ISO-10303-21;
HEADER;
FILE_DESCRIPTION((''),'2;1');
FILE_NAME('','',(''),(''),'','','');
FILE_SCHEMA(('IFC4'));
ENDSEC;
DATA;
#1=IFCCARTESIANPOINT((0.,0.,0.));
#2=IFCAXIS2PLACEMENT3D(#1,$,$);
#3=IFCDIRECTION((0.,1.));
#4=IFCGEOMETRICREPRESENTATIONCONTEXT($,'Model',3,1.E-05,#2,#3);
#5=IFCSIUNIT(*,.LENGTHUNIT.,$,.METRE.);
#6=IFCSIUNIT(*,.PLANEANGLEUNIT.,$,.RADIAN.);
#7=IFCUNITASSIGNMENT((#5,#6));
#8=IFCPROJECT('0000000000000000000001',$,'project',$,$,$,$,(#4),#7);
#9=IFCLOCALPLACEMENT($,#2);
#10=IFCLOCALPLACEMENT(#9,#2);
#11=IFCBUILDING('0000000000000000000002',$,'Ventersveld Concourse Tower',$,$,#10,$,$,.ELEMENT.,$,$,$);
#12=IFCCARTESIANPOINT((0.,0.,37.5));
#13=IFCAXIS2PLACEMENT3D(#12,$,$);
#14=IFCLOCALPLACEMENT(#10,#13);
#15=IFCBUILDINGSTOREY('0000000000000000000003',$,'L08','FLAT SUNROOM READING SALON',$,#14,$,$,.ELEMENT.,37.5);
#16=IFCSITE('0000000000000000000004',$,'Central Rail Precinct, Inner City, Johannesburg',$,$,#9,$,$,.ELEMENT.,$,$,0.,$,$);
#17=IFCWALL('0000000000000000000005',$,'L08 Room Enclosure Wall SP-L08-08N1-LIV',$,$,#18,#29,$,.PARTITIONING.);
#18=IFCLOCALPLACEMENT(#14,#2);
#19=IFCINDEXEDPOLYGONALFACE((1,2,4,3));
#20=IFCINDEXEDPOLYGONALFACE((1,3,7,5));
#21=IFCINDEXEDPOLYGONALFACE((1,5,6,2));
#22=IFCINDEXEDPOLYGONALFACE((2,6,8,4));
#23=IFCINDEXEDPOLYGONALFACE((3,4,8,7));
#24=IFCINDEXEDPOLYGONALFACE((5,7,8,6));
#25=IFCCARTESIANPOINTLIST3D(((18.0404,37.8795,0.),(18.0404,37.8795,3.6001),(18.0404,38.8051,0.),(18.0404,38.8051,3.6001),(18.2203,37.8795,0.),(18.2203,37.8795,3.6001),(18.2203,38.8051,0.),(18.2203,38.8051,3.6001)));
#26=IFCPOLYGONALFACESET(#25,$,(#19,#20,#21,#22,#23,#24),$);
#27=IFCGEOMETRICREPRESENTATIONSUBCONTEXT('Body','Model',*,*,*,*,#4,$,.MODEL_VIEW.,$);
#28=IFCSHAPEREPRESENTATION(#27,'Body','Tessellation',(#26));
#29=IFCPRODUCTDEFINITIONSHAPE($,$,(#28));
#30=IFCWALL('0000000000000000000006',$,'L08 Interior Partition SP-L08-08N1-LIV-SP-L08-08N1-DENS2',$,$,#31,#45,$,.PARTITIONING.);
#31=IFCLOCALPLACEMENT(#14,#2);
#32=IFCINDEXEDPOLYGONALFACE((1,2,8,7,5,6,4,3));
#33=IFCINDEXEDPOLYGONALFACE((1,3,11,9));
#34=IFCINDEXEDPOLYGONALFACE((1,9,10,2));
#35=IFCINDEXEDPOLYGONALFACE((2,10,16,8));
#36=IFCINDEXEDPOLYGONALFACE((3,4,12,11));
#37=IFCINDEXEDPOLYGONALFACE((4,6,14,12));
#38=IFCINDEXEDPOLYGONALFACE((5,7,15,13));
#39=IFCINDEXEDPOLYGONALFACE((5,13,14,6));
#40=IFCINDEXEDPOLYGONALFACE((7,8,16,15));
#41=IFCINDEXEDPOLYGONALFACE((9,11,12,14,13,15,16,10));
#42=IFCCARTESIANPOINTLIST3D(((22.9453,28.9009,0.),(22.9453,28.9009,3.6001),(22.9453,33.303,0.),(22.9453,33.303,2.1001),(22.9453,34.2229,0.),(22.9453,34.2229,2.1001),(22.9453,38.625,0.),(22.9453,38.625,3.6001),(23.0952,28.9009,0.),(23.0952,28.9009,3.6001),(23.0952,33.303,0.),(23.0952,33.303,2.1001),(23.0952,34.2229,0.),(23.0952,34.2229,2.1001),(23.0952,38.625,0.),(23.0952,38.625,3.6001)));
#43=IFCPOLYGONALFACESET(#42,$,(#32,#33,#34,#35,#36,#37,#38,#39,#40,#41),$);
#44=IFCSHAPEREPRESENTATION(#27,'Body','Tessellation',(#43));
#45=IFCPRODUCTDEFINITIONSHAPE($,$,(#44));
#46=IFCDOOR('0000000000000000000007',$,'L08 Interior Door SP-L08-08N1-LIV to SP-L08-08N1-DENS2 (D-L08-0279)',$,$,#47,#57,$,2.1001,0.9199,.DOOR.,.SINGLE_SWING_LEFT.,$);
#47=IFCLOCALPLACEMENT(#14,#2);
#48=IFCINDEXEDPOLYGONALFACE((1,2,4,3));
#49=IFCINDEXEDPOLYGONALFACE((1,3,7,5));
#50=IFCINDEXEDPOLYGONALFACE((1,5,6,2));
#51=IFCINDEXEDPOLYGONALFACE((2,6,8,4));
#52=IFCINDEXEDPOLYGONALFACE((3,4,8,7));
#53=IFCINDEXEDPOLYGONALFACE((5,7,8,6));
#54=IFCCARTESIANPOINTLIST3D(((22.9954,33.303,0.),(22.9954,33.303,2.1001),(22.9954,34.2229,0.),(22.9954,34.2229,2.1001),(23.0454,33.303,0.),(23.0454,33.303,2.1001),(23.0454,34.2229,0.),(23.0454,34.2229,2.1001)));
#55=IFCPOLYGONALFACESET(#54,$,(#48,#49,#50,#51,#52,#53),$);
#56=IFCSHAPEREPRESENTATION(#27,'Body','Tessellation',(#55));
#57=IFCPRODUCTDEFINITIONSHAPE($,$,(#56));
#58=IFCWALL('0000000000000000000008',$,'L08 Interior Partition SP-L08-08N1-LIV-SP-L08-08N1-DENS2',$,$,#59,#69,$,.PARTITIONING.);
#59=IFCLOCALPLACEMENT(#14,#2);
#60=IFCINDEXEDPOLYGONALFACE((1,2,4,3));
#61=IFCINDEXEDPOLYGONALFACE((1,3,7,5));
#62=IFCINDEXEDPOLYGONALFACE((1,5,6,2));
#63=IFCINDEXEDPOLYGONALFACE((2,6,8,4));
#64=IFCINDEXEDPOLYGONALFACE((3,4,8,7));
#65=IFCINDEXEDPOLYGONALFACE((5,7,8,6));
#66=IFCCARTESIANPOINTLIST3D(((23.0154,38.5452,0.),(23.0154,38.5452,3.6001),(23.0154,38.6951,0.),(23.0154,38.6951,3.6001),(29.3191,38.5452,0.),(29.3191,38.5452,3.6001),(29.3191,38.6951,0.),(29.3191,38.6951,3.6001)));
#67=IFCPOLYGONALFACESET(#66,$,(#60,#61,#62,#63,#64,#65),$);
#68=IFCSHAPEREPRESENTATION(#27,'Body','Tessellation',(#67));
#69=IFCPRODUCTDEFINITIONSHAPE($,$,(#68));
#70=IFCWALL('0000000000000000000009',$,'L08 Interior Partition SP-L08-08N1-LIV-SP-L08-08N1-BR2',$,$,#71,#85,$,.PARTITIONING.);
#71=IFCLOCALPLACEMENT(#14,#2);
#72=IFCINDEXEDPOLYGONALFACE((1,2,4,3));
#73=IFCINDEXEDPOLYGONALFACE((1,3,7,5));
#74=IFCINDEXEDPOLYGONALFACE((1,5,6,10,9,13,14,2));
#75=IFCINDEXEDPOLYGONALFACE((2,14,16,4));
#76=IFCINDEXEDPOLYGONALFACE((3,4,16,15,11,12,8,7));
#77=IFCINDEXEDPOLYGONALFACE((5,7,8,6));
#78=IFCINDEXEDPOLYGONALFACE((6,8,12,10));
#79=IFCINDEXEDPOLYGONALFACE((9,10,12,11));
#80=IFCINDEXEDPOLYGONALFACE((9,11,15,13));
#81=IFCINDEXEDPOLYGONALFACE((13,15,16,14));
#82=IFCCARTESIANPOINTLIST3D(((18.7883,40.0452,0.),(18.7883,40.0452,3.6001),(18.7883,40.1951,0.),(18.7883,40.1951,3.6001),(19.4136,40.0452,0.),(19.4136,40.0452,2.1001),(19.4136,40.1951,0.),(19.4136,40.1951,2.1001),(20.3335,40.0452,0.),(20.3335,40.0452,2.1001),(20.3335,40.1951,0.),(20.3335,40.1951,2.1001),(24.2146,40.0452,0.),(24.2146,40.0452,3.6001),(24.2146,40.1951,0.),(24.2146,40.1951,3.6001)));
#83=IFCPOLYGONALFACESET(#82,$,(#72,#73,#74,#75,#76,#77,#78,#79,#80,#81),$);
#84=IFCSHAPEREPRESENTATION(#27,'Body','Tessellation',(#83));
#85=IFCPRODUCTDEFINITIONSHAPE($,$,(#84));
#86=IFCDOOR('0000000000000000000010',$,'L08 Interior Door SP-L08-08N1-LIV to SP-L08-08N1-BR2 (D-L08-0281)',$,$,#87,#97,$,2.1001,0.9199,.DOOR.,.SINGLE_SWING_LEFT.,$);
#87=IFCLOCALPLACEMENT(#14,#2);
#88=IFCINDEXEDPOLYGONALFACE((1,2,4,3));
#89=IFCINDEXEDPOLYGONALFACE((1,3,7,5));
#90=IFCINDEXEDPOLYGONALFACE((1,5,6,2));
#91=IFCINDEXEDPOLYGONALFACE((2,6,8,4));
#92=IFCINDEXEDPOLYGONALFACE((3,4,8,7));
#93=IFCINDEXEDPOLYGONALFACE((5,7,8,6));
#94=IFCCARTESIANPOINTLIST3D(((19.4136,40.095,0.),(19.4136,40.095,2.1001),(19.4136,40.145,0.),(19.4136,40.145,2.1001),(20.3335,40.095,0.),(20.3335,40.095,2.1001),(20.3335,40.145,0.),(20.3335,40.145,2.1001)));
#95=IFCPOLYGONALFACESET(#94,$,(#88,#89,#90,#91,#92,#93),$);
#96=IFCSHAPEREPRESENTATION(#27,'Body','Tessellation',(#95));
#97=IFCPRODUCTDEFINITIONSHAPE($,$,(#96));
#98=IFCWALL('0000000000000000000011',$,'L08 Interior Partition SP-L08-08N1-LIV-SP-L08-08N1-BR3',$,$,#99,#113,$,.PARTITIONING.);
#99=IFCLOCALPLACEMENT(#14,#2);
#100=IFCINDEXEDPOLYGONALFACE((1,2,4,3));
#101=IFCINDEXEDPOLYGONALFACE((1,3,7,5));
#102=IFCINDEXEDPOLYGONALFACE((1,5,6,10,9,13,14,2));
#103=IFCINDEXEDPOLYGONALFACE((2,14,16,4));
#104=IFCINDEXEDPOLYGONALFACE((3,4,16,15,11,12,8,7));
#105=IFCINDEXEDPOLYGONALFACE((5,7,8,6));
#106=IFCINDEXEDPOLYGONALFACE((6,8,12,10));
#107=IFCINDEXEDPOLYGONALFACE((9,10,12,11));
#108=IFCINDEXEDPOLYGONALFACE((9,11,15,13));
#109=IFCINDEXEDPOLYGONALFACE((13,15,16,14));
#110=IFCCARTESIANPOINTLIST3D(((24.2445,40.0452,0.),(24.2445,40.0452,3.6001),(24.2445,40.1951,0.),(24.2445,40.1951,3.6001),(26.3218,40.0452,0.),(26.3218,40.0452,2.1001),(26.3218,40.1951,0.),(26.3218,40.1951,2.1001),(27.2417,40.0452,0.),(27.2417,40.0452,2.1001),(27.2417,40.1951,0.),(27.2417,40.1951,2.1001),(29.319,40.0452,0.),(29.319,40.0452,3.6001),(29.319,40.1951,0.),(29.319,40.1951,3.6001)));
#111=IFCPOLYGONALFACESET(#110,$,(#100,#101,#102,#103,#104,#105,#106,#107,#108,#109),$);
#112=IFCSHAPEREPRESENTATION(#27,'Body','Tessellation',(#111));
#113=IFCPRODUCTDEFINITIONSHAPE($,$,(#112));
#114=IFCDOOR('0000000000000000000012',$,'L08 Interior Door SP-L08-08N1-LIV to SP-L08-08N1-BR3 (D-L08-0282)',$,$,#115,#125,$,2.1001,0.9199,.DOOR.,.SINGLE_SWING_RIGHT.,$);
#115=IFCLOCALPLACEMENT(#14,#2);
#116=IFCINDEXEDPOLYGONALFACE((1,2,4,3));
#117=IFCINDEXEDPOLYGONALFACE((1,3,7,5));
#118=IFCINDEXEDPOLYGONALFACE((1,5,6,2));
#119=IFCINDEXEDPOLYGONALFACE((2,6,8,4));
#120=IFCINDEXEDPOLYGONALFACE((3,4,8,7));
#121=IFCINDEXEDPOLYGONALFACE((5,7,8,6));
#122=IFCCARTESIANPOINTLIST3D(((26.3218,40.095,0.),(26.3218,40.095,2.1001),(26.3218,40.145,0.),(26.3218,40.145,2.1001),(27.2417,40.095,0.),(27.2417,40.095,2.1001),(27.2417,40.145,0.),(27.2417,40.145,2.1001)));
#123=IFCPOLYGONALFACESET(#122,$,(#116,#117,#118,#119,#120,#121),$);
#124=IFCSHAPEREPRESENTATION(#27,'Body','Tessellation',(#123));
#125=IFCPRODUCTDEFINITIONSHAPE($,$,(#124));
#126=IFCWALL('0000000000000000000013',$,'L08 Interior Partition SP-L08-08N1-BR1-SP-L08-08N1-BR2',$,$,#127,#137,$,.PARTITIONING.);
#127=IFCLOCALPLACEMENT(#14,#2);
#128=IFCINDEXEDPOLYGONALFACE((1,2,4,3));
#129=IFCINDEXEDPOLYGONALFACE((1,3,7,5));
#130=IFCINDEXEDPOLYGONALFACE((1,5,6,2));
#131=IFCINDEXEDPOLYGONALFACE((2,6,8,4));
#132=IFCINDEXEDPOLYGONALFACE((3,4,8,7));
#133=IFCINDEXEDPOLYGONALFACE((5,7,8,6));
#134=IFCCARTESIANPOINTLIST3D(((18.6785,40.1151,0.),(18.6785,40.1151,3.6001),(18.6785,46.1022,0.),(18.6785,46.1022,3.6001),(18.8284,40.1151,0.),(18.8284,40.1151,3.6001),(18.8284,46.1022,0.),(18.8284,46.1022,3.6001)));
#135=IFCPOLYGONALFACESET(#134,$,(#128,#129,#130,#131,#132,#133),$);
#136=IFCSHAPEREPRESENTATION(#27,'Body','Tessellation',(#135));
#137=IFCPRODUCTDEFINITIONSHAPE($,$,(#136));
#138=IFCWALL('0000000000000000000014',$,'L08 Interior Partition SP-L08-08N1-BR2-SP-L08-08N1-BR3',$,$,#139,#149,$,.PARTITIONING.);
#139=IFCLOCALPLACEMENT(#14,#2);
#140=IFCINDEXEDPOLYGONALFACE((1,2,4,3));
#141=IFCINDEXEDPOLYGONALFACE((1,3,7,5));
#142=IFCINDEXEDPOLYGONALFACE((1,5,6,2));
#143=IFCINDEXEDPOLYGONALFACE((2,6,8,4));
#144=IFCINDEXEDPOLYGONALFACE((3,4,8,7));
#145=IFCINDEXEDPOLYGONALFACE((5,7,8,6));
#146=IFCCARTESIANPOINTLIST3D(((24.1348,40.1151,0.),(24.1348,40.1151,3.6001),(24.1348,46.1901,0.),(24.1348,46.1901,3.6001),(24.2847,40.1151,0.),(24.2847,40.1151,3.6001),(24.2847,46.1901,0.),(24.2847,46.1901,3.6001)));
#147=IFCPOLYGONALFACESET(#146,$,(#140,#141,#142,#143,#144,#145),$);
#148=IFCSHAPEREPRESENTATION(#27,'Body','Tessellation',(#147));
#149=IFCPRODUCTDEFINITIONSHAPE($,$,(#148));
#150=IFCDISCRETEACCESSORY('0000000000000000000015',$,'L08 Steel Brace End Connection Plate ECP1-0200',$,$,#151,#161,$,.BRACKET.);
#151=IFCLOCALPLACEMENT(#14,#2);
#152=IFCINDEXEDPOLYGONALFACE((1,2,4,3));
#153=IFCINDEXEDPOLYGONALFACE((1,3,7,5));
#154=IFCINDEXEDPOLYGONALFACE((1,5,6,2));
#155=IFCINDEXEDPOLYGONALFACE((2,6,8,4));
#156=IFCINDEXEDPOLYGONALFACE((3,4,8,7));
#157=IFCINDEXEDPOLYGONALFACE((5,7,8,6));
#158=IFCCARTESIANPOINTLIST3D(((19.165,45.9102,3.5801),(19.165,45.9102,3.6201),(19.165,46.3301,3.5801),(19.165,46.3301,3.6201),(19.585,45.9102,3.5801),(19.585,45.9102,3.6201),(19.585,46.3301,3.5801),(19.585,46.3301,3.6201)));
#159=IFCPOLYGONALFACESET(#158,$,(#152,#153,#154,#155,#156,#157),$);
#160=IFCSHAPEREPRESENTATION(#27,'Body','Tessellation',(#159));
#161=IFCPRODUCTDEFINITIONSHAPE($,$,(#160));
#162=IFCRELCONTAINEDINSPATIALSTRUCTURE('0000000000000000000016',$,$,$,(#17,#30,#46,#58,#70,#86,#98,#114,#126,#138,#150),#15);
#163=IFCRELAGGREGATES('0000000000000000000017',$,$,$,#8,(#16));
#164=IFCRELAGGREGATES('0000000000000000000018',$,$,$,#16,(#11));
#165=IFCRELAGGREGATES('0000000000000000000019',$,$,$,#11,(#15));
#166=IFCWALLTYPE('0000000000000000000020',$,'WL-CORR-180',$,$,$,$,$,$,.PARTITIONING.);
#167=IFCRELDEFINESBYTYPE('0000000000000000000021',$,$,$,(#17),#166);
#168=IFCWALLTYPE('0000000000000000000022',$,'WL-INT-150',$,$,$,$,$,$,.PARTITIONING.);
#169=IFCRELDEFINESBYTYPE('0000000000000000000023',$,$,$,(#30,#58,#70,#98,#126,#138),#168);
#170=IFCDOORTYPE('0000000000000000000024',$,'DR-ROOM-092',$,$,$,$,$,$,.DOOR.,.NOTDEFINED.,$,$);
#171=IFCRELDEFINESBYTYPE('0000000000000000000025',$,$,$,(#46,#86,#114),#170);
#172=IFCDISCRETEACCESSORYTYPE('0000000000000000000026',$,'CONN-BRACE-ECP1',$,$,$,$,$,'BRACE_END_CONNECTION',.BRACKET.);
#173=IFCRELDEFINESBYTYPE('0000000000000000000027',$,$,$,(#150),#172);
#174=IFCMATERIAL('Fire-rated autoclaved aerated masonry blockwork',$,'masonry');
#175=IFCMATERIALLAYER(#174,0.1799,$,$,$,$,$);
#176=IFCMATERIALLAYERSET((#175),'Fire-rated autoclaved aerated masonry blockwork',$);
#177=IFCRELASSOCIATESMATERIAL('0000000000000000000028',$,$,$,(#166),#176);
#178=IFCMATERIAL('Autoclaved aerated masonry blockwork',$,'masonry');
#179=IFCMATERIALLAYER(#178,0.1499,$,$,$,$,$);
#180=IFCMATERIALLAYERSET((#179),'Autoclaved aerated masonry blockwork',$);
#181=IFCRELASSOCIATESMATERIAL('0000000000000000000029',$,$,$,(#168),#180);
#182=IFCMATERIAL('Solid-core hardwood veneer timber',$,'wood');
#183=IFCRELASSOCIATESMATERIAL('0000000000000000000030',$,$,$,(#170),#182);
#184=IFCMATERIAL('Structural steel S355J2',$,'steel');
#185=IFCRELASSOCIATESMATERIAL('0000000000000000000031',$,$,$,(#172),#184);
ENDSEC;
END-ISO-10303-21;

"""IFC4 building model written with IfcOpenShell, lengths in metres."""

from ifc_helpers import new_model, si_unit, direction, frame, frame_2d, origin, origin_2d, place, context, subcontext, project, spatial, rectangle, extrude, material, layer, layer_set, type_object, element, fill, save


model = new_model("IFC4")

# Units and contexts
model_context = context("Model", 3, precision=1e-05, world=origin(), true_north=direction((0.0, 1.0)))
body_context = subcontext(model_context, "Body", "Model", "MODEL_VIEW")
ifc_project = project(units=[si_unit("LENGTHUNIT", "METRE"), si_unit("PLANEANGLEUNIT", "RADIAN")], contexts=[model_context])

# Site, building, storey
site_placement = place(None, origin())
site = spatial("IfcSite", under=ifc_project, at=site_placement, Name="Central Rail Precinct, Inner City, Johannesburg", CompositionType="ELEMENT", RefElevation=0.0)
building_placement = place(site_placement, origin())
building = spatial("IfcBuilding", under=site, at=building_placement, Name="Ventersveld Concourse Tower", CompositionType="ELEMENT")
storey_placement = place(building_placement, frame((0.0, 0.0, 37.5)))
storey = spatial("IfcBuildingStorey", under=building, at=storey_placement, Name="L08", Description="FLAT SUNROOM READING SALON", CompositionType="ELEMENT", Elevation=37.5)

# Shared definitions
ifc_material_1 = material(Name="Structural steel S355J2", Category="steel")

# Wall
ifc_material_2 = material(Name="Fire-rated autoclaved aerated masonry blockwork", Category="masonry")
ifc_layer_1 = layer(ifc_material_2, 0.1799)
ifc_layer_set_1 = layer_set([ifc_layer_1], Name="Fire-rated autoclaved aerated masonry blockwork")
wall_type_1 = type_object("IfcWallType", Name="WL-CORR-180", PredefinedType="PARTITIONING", material=ifc_layer_set_1)
wall_1_placement = place(storey_placement, frame((18.1304, 37.8794, 0.0), z_axis=(0.0, 0.0, 1.0), x_axis=(0.0, 1.0, 0.0)))
element("IfcWall", 1, at=wall_1_placement, inside=storey, type_object=wall_type_1, Name="L08 Room Enclosure Wall SP-L08-08N1-LIV", PredefinedType="PARTITIONING", context=body_context, shape_type="SweptSolid", body=[
    extrude(rectangle(XDim=0.9255, YDim=0.1799, at=frame_2d((0.4629, 0.0))), origin(), (0.0, 0.0, 1.0), 3.6001),
])

# Wall, opening, door
ifc_material_3 = material(Name="Autoclaved aerated masonry blockwork", Category="masonry")
ifc_layer_2 = layer(ifc_material_3, 0.1499)
ifc_layer_set_2 = layer_set([ifc_layer_2], Name="Autoclaved aerated masonry blockwork")
wall_type_2 = type_object("IfcWallType", Name="WL-INT-150", PredefinedType="PARTITIONING", material=ifc_layer_set_2)
wall_2_placement = place(storey_placement, frame((23.0203, 28.9009, 0.0), z_axis=(0.0, 0.0, 1.0), x_axis=(0.0, 1.0, 0.0)))
wall_2 = element("IfcWall", 2, at=wall_2_placement, inside=storey, type_object=wall_type_2, Name="L08 Interior Partition SP-L08-08N1-LIV-SP-L08-08N1-DENS2", PredefinedType="PARTITIONING", context=body_context, shape_type="SweptSolid", body=[
    extrude(rectangle(XDim=9.7241, YDim=0.1499, at=frame_2d((4.8621, 0.0))), origin(), (0.0, 0.0, 1.0), 3.6001),
])
opening_1_placement = place(wall_2_placement, frame((4.4021, 0.0, 0.0)))
opening_1 = element("IfcOpeningElement", 3, at=opening_1_placement, cuts=wall_2, PredefinedType="OPENING", context=body_context, shape_type="SweptSolid", body=[
    extrude(rectangle(XDim=0.9199, YDim=2.1001, at=frame_2d((0.46, 1.05))), frame((0.0, 0.085, 0.0), z_axis=(0.0, -1.0, 0.0), x_axis=(1.0, 0.0, 0.0)), (0.0, 0.0, 1.0), 0.1699),
])
ifc_material_4 = material(Name="Solid-core hardwood veneer timber", Category="wood")
door_type = type_object("IfcDoorType", Name="DR-ROOM-092", OperationType="NOTDEFINED", PredefinedType="DOOR", material=ifc_material_4)
door_1_placement = place(opening_1_placement, origin())
door_1 = element("IfcDoor", 4, at=door_1_placement, inside=storey, type_object=door_type, Name="L08 Interior Door SP-L08-08N1-LIV to SP-L08-08N1-DENS2 (D-L08-0279)", OperationType="SINGLE_SWING_LEFT", OverallHeight=2.1001, OverallWidth=0.9199, PredefinedType="DOOR", context=body_context, shape_type="SweptSolid", body=[
    extrude(rectangle(XDim=0.9199, YDim=2.1001, at=frame_2d((0.46, 1.05))), frame((0.0, 0.0249, 0.0), z_axis=(0.0, -1.0, 0.0), x_axis=(1.0, 0.0, 0.0)), (0.0, 0.0, 1.0), 0.05),
])
fill(opening_1, door_1)

# Wall
wall_3_placement = place(storey_placement, frame((23.0154, 38.6201, 0.0), z_axis=(0.0, 0.0, 1.0), x_axis=(1.0, 0.0, 0.0)))
element("IfcWall", 5, at=wall_3_placement, inside=storey, type_object=wall_type_2, Name="L08 Interior Partition SP-L08-08N1-LIV-SP-L08-08N1-DENS2", PredefinedType="PARTITIONING", context=body_context, shape_type="SweptSolid", body=[
    extrude(rectangle(XDim=6.3037, YDim=0.1499, at=frame_2d((3.1519, 0.0))), origin(), (0.0, 0.0, 1.0), 3.6001),
])

# Walls, openings, doors
wall_4_placement = place(storey_placement, frame((18.7883, 40.1201, 0.0), z_axis=(0.0, 0.0, 1.0), x_axis=(1.0, 0.0, 0.0)))
wall_4 = element("IfcWall", 6, at=wall_4_placement, inside=storey, type_object=wall_type_2, Name="L08 Interior Partition SP-L08-08N1-LIV-SP-L08-08N1-BR2", PredefinedType="PARTITIONING", context=body_context, shape_type="SweptSolid", body=[
    extrude(rectangle(XDim=5.4263, YDim=0.1499, at=frame_2d((2.7131, 0.0))), origin(), (0.0, 0.0, 1.0), 3.6001),
])
opening_2_placement = place(wall_4_placement, frame((0.6252, 0.0, 0.0)))
opening_2 = element("IfcOpeningElement", 7, at=opening_2_placement, cuts=wall_4, PredefinedType="OPENING", context=body_context, shape_type="SweptSolid", body=[
    extrude(rectangle(XDim=0.9199, YDim=2.1001, at=frame_2d((0.46, 1.05))), frame((0.0, 0.085, 0.0), z_axis=(0.0, -1.0, 0.0), x_axis=(1.0, 0.0, 0.0)), (0.0, 0.0, 1.0), 0.1699),
])
door_2_placement = place(opening_2_placement, origin())
door_2 = element("IfcDoor", 8, at=door_2_placement, inside=storey, type_object=door_type, Name="L08 Interior Door SP-L08-08N1-LIV to SP-L08-08N1-BR2 (D-L08-0281)", OperationType="SINGLE_SWING_LEFT", OverallHeight=2.1001, OverallWidth=0.9199, PredefinedType="DOOR", context=body_context, shape_type="SweptSolid", body=[
    extrude(rectangle(XDim=0.9199, YDim=2.1001, at=frame_2d((0.46, 1.05))), frame((0.0, 0.0249, 0.0), z_axis=(0.0, -1.0, 0.0), x_axis=(1.0, 0.0, 0.0)), (0.0, 0.0, 1.0), 0.05),
])
fill(opening_2, door_2)
wall_5_placement = place(storey_placement, frame((24.2446, 40.1201, 0.0), z_axis=(0.0, 0.0, 1.0), x_axis=(1.0, 0.0, 0.0)))
wall_5 = element("IfcWall", 9, at=wall_5_placement, inside=storey, type_object=wall_type_2, Name="L08 Interior Partition SP-L08-08N1-LIV-SP-L08-08N1-BR3", PredefinedType="PARTITIONING", context=body_context, shape_type="SweptSolid", body=[
    extrude(rectangle(XDim=5.0745, YDim=0.1499, at=frame_2d((2.5371, 0.0))), origin(), (0.0, 0.0, 1.0), 3.6001),
])
opening_3_placement = place(wall_5_placement, frame((2.0771, 0.0, 0.0)))
opening_3 = element("IfcOpeningElement", 10, at=opening_3_placement, cuts=wall_5, PredefinedType="OPENING", context=body_context, shape_type="SweptSolid", body=[
    extrude(rectangle(XDim=0.9199, YDim=2.1001, at=frame_2d((0.46, 1.05))), frame((0.0, 0.085, 0.0), z_axis=(0.0, -1.0, 0.0), x_axis=(1.0, 0.0, 0.0)), (0.0, 0.0, 1.0), 0.1699),
])
door_3_placement = place(opening_3_placement, origin())
door_3 = element("IfcDoor", 11, at=door_3_placement, inside=storey, type_object=door_type, Name="L08 Interior Door SP-L08-08N1-LIV to SP-L08-08N1-BR3 (D-L08-0282)", OperationType="SINGLE_SWING_RIGHT", OverallHeight=2.1001, OverallWidth=0.9199, PredefinedType="DOOR", context=body_context, shape_type="SweptSolid", body=[
    extrude(rectangle(XDim=0.9199, YDim=2.1001, at=frame_2d((0.46, 1.05))), frame((0.0, 0.0249, 0.0), z_axis=(0.0, -1.0, 0.0), x_axis=(1.0, 0.0, 0.0)), (0.0, 0.0, 1.0), 0.05),
])
fill(opening_3, door_3)

# Walls
wall_6_placement = place(storey_placement, frame((18.7534, 40.115, 0.0), z_axis=(0.0, 0.0, 1.0), x_axis=(0.0, 1.0, 0.0)))
element("IfcWall", 12, at=wall_6_placement, inside=storey, type_object=wall_type_2, Name="L08 Interior Partition SP-L08-08N1-BR1-SP-L08-08N1-BR2", PredefinedType="PARTITIONING", context=body_context, shape_type="SweptSolid", body=[
    extrude(rectangle(XDim=5.9871, YDim=0.1499, at=frame_2d((2.9937, 0.0))), origin(), (0.0, 0.0, 1.0), 3.6001),
])
wall_7_placement = place(storey_placement, frame((24.2097, 40.115, 0.0), z_axis=(0.0, 0.0, 1.0), x_axis=(0.0, 1.0, 0.0)))
element("IfcWall", 13, at=wall_7_placement, inside=storey, type_object=wall_type_2, Name="L08 Interior Partition SP-L08-08N1-BR2-SP-L08-08N1-BR3", PredefinedType="PARTITIONING", context=body_context, shape_type="SweptSolid", body=[
    extrude(rectangle(XDim=6.075, YDim=0.1499, at=frame_2d((3.0376, 0.0))), origin(), (0.0, 0.0, 1.0), 3.6001),
])

# Discrete accessory
discrete_accessory_type = type_object("IfcDiscreteAccessoryType", Name="CONN-BRACE-ECP1", ElementType="BRACE_END_CONNECTION", PredefinedType="BRACKET", material=ifc_material_1)
discrete_accessory_placement = place(storey_placement, frame((19.375, 46.1201, 3.5801), z_axis=(0.0, 0.0, 1.0), x_axis=(1.0, 0.0, 0.0)))
element("IfcDiscreteAccessory", 14, at=discrete_accessory_placement, inside=storey, type_object=discrete_accessory_type, Name="L08 Steel Brace End Connection Plate ECP1-0200", PredefinedType="BRACKET", context=body_context, shape_type="SweptSolid", body=[
    extrude(rectangle(XDim=0.4199, YDim=0.4199, at=origin_2d()), origin(), (0.0, 0.0, 1.0), 0.04),
])

save(model, "model.ifc")
